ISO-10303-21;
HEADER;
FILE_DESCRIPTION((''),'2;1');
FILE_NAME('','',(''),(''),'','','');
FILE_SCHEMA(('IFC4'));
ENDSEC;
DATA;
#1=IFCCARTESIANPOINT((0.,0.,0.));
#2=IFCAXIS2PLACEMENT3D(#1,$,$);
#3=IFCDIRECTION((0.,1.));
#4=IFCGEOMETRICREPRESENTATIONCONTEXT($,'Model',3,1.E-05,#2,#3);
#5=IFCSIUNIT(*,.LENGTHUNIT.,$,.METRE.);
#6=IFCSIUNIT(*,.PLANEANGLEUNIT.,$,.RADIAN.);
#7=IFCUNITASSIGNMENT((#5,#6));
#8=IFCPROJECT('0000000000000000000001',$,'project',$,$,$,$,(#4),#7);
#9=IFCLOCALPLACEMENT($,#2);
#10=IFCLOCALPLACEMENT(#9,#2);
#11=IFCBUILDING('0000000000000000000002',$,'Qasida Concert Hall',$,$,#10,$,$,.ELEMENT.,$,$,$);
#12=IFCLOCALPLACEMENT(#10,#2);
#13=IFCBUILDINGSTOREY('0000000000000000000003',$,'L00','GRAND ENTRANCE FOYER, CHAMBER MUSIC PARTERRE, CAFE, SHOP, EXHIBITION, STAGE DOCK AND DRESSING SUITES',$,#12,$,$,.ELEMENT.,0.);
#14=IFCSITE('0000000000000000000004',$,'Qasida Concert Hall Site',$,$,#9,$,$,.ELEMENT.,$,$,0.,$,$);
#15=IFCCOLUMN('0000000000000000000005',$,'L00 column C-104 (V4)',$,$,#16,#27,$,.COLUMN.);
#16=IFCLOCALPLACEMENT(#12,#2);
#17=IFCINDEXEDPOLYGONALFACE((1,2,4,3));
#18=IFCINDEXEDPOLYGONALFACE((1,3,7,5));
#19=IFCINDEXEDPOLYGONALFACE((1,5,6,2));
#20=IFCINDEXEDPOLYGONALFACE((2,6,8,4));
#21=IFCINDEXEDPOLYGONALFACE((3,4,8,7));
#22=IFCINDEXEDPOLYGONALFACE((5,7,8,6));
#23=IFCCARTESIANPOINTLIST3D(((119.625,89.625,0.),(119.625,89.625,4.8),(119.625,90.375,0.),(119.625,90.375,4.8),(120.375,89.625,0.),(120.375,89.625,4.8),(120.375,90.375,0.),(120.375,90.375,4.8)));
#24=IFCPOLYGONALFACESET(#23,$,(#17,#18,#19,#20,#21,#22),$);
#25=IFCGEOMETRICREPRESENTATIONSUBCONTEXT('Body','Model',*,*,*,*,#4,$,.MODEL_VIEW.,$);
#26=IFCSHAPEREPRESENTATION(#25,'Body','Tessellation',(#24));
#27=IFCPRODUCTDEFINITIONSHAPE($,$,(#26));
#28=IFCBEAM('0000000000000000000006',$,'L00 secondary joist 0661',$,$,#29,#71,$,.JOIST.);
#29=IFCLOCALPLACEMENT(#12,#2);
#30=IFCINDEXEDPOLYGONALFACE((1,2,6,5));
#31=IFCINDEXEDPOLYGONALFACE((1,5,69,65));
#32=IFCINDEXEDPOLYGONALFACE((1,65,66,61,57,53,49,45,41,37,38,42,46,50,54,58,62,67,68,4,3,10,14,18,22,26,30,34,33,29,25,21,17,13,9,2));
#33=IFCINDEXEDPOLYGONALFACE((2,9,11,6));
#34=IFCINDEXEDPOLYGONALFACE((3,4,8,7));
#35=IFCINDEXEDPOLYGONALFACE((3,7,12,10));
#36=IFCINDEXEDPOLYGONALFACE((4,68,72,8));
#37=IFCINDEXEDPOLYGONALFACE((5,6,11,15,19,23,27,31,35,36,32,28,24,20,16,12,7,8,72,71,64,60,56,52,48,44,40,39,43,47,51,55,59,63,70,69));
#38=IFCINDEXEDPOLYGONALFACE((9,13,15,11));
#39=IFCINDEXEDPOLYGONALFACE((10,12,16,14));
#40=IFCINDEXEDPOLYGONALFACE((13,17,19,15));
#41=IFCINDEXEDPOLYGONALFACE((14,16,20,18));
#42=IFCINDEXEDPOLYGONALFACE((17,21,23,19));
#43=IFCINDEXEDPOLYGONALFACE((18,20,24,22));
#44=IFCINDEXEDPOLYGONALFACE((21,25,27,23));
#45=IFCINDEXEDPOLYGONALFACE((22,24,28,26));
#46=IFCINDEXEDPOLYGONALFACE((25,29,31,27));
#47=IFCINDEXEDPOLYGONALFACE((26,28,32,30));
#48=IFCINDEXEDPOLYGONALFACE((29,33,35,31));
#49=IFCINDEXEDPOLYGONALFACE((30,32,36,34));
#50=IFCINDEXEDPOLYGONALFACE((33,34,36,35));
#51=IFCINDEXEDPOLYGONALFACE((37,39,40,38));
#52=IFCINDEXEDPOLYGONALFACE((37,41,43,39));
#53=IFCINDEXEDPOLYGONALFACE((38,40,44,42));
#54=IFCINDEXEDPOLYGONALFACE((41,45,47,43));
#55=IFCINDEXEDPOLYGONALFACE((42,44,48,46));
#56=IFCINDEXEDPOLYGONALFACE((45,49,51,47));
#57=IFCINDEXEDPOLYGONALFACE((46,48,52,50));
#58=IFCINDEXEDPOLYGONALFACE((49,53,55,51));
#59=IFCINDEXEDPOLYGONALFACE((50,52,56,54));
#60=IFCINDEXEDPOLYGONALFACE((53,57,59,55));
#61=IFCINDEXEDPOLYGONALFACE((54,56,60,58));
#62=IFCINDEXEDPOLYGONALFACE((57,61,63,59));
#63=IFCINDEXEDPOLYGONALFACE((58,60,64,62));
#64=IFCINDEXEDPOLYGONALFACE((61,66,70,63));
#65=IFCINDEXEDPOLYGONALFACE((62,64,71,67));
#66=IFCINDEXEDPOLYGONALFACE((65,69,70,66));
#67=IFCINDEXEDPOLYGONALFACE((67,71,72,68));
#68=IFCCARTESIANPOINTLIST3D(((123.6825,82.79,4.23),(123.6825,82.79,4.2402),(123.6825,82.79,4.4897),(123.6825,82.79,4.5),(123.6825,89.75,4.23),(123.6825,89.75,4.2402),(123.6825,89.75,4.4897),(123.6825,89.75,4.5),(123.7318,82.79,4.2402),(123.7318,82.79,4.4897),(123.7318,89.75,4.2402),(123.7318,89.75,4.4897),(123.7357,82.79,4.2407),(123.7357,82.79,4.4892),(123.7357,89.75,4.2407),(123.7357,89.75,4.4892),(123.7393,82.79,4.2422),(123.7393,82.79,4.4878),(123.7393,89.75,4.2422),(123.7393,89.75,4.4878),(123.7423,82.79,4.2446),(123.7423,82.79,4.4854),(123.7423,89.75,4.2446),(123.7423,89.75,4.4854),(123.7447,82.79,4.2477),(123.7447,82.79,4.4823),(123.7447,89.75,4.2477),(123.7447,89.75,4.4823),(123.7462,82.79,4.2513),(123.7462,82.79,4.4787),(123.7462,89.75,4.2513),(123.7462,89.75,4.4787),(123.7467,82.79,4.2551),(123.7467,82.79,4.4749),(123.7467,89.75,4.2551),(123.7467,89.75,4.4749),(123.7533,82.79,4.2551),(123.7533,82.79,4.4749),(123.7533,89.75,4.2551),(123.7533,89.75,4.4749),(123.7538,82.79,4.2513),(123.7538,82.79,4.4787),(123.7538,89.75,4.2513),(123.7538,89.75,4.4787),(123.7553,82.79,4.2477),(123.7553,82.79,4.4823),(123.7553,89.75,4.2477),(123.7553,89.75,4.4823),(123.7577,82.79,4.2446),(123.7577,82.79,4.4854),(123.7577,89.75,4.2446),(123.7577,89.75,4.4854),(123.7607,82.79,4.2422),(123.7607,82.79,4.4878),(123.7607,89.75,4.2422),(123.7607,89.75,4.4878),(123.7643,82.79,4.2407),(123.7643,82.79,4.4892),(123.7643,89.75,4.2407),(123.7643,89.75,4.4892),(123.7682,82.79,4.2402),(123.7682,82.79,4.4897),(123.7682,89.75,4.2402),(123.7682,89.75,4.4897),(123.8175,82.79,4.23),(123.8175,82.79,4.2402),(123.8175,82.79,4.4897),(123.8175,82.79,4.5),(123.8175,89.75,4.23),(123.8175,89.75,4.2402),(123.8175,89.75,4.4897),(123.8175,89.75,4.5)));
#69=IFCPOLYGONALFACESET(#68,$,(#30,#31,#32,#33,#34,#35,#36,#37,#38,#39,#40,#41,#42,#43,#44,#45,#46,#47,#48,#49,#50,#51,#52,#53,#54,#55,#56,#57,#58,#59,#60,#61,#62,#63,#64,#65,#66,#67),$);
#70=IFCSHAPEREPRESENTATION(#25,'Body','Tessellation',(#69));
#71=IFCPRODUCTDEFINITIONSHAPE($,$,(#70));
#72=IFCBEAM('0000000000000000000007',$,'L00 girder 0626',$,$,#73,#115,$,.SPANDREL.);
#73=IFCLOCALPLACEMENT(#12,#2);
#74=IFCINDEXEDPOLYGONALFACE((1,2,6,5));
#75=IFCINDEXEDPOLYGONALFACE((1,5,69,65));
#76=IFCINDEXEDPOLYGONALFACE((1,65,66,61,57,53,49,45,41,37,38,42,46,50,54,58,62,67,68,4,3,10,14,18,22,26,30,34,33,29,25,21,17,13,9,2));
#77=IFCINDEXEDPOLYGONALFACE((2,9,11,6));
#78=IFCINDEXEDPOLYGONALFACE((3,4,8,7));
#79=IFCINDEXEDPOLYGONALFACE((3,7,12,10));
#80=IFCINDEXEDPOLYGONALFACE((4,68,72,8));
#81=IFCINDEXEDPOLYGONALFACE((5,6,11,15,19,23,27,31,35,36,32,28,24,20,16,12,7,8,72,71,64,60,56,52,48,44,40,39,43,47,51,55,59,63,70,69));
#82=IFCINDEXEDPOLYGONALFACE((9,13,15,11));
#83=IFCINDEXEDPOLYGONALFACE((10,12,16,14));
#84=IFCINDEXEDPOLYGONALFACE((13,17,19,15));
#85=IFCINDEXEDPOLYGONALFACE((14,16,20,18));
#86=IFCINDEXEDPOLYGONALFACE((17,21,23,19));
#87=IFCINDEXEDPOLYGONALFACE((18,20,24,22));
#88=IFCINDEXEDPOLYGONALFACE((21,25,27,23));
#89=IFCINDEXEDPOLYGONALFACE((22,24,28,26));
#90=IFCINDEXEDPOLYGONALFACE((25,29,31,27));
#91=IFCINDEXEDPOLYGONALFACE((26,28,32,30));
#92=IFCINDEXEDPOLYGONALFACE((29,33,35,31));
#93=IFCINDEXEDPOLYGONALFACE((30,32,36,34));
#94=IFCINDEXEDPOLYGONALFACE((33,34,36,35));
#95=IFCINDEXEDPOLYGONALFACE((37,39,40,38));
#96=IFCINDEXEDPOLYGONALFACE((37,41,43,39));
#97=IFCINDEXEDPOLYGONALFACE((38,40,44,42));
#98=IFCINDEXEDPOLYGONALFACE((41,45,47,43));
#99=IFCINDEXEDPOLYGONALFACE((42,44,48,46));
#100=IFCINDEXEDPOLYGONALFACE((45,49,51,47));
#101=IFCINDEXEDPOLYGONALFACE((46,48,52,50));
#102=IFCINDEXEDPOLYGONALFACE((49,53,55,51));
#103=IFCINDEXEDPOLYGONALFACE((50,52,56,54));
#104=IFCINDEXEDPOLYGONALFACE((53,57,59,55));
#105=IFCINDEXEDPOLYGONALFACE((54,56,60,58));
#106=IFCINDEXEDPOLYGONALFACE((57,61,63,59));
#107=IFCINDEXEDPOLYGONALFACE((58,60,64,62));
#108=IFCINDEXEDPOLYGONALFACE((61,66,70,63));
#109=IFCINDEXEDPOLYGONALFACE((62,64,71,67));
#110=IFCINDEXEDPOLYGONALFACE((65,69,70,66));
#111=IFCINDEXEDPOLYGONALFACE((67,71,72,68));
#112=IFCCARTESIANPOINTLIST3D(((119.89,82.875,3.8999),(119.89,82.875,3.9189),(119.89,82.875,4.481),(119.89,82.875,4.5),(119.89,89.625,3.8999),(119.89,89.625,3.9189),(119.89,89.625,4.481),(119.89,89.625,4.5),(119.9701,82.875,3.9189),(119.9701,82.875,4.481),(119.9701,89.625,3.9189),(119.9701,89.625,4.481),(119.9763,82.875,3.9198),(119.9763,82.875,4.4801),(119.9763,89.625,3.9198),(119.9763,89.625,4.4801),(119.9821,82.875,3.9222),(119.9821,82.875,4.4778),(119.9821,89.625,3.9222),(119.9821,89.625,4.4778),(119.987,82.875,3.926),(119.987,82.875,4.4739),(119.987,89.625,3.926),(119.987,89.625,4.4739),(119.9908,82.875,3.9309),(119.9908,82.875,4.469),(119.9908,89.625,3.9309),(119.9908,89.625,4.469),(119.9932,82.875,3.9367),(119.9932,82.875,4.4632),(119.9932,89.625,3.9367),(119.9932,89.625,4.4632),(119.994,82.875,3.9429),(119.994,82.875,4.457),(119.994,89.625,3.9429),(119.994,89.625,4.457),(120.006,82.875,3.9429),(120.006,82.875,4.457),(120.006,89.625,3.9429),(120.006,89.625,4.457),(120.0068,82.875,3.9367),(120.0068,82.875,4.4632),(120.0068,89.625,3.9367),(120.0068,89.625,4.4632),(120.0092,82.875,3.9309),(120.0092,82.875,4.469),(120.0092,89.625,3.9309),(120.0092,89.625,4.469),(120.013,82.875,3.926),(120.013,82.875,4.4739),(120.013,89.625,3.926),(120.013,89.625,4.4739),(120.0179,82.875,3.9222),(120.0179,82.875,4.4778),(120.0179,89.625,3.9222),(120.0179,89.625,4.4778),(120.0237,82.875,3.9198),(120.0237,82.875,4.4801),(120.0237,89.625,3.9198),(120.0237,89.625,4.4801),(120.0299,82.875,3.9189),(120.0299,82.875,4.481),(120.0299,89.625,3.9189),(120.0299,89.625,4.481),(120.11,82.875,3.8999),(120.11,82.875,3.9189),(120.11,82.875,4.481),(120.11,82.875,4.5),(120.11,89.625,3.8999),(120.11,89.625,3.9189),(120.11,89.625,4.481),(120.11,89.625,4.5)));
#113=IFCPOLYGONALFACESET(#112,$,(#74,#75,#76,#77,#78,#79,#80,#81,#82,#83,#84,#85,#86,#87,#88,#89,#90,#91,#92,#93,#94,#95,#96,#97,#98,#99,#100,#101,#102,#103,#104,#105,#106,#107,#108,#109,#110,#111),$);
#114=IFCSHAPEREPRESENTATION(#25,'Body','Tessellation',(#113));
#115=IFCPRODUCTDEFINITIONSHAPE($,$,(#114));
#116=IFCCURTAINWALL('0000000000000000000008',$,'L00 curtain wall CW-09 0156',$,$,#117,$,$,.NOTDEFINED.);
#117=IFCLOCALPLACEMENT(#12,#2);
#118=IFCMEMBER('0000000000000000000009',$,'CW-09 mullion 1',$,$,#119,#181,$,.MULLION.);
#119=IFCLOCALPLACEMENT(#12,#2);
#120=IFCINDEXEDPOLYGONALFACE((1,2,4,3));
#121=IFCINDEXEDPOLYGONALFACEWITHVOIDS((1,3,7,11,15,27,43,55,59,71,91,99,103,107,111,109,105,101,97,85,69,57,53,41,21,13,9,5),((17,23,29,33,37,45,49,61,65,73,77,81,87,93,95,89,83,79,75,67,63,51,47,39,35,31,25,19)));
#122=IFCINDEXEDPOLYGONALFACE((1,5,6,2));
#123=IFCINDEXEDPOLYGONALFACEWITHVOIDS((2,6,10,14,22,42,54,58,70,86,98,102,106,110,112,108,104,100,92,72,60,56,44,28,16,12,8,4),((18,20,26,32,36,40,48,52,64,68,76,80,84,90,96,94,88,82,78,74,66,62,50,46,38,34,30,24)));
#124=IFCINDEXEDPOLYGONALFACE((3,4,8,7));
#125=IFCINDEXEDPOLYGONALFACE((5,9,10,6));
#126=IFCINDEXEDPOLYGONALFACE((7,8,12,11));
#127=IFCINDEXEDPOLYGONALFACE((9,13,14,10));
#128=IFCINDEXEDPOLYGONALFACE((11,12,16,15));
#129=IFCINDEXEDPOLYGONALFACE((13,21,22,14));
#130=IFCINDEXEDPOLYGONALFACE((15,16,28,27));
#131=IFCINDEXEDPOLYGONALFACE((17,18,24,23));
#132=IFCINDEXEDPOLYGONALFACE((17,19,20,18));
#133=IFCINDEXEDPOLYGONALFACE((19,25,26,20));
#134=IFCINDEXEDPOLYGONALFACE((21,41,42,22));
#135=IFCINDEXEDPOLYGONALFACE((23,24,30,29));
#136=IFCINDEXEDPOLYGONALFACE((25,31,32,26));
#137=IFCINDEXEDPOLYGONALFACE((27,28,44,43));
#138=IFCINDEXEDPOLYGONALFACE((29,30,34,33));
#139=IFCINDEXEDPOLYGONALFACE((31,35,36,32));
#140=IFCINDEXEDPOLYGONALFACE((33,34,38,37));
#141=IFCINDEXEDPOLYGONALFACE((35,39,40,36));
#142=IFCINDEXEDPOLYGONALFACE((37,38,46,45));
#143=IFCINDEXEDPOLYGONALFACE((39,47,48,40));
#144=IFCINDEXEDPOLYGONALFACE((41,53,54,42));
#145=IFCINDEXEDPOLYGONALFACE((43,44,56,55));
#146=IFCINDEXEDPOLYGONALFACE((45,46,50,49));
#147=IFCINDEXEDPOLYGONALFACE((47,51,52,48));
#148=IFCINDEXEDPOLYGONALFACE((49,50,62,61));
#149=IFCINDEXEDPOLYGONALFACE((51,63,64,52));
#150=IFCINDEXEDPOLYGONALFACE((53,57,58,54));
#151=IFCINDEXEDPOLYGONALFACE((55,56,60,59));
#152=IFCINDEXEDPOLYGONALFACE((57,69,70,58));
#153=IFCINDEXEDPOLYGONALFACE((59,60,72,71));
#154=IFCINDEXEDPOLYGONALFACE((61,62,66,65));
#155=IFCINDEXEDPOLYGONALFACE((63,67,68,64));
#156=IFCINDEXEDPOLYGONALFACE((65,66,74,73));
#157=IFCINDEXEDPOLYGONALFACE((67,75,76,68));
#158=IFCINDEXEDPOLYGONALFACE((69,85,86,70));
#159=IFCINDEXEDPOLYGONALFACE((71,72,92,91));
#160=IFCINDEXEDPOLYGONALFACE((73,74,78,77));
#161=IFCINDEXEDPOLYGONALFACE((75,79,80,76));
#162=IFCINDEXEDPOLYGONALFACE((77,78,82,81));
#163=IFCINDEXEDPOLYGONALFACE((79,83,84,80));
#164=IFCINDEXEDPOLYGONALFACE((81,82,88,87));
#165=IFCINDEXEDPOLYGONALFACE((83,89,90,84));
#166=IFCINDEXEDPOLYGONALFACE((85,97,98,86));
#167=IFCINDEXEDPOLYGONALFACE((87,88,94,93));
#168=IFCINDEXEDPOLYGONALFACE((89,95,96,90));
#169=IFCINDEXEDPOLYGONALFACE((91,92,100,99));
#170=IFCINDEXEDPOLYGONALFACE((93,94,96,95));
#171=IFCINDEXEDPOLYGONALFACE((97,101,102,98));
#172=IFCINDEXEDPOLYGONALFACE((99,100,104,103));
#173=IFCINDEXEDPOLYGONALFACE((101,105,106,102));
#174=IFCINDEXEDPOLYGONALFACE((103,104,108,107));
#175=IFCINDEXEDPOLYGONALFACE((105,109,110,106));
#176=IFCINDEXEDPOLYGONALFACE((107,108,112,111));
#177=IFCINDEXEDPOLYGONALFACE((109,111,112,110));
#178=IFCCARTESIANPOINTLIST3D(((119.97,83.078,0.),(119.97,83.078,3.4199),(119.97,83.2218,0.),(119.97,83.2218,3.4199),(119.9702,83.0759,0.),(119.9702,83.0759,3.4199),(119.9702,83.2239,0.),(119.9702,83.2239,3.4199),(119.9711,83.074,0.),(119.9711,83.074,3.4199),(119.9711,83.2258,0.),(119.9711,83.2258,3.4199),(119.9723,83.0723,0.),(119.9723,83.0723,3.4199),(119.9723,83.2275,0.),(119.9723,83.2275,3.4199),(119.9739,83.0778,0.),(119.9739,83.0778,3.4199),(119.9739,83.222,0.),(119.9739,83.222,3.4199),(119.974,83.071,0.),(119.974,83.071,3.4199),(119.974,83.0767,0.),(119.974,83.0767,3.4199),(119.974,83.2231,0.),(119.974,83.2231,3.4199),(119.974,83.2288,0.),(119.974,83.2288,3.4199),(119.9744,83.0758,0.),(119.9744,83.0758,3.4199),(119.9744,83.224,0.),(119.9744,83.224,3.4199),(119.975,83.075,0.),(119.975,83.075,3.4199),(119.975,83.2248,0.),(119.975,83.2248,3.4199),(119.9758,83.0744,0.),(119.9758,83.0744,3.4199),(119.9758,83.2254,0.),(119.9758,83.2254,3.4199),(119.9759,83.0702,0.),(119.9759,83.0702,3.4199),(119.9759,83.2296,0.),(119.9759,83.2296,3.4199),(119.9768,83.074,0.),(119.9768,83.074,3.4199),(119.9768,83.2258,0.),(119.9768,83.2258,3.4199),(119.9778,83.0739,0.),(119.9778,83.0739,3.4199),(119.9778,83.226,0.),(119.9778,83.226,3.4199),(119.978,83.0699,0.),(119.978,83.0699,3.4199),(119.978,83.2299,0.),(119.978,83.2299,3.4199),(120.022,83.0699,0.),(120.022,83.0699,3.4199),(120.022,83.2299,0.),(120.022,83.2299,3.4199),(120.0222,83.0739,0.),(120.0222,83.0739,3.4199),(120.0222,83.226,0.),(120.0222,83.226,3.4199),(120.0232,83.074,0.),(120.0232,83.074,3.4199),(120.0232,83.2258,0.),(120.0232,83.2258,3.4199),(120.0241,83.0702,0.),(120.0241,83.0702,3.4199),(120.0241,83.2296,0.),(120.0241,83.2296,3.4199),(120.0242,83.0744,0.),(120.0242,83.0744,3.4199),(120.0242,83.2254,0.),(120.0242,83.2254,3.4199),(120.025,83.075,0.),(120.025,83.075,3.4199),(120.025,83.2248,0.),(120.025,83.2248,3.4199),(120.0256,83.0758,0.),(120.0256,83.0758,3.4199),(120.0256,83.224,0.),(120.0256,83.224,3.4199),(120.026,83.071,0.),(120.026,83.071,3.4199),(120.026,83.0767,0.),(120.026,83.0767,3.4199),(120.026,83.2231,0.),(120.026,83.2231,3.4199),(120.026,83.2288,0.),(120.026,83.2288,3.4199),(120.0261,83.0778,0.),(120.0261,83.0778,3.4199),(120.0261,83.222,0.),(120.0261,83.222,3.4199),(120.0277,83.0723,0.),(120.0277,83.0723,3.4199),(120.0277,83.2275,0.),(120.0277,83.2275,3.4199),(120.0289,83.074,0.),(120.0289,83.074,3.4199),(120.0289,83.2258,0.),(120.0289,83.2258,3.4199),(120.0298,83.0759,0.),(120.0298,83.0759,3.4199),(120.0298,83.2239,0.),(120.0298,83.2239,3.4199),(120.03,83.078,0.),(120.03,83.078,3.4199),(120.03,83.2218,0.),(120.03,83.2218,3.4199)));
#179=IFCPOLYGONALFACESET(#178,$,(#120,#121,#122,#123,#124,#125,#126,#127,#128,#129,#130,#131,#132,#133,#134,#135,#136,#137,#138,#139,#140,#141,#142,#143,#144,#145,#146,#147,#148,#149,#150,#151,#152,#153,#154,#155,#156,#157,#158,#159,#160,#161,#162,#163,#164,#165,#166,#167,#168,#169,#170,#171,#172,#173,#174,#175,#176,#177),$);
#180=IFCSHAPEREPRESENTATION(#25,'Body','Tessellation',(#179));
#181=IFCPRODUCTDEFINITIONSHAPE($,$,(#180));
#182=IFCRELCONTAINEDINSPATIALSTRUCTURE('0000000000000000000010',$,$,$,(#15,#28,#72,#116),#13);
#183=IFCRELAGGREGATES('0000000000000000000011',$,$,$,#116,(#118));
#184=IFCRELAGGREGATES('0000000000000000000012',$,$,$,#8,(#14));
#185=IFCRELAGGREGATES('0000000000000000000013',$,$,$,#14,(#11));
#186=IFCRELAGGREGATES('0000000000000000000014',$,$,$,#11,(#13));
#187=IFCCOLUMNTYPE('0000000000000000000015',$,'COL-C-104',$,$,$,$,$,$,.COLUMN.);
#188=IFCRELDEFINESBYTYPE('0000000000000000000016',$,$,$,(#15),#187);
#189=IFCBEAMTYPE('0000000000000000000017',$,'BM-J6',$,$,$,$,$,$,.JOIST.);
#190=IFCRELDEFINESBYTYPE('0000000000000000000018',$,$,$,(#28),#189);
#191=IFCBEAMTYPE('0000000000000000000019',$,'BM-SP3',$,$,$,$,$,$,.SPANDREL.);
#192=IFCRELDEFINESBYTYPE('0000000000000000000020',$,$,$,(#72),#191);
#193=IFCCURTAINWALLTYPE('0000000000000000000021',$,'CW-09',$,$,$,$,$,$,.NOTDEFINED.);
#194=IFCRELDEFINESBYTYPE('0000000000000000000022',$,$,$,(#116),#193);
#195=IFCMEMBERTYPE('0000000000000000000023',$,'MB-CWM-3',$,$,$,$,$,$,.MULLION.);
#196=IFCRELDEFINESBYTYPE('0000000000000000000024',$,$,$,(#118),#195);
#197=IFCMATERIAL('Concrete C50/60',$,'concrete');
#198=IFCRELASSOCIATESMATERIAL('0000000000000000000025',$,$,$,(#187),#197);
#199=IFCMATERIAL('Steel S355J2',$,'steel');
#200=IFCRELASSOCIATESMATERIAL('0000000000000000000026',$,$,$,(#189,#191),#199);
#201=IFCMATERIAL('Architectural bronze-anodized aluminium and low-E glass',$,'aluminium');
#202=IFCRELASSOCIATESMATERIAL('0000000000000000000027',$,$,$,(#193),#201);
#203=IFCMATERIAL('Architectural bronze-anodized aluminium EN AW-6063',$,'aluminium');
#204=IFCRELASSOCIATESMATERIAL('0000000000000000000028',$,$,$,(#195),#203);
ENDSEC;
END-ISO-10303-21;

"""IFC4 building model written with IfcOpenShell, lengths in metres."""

from ifc_helpers import new_model, si_unit, direction, frame, origin, origin_2d, place, context, subcontext, project, spatial, rectangle, hollow_rectangle, i_section, extrude, material, material_profile, profile_set, type_object, element, aggregate, save


model = new_model("IFC4")

# Units and contexts
model_context = context("Model", 3, precision=1e-05, world=origin(), true_north=direction((0.0, 1.0)))
body_context = subcontext(model_context, "Body", "Model", "MODEL_VIEW")
ifc_project = project(units=[si_unit("LENGTHUNIT", "METRE"), si_unit("PLANEANGLEUNIT", "RADIAN")], contexts=[model_context])

# Site, building, storey
site_placement = place(None, origin())
site = spatial("IfcSite", under=ifc_project, at=site_placement, Name="Qasida Concert Hall Site", CompositionType="ELEMENT", RefElevation=0.0)
building_placement = place(site_placement, origin())
building = spatial("IfcBuilding", under=site, at=building_placement, Name="Qasida Concert Hall", CompositionType="ELEMENT")
storey_placement = place(building_placement, origin())
storey = spatial("IfcBuildingStorey", under=building, at=storey_placement, Name="L00", Description="GRAND ENTRANCE FOYER, CHAMBER MUSIC PARTERRE, CAFE, SHOP, EXHIBITION, STAGE DOCK AND DRESSING SUITES", CompositionType="ELEMENT", Elevation=0.0)

# Column
ifc_material_1 = material(Name="Concrete C50/60", Category="concrete")
ifc_material_profile_1 = material_profile(ifc_material_1, rectangle(XDim=0.75, YDim=0.75, at=origin_2d()), Name="RC 750x750")
ifc_profile_set_1 = profile_set([ifc_material_profile_1], Name="Concrete C50/60")
column_type = type_object("IfcColumnType", Name="COL-C-104", PredefinedType="COLUMN", material=ifc_profile_set_1)
column_placement = place(storey_placement, frame((120.0, 90.0, 0.0), z_axis=(0.0, 0.0, 1.0), x_axis=(1.0, 0.0, 0.0)))
element("IfcColumn", 1, at=column_placement, inside=storey, type_object=column_type, Name="L00 column C-104 (V4)", PredefinedType="COLUMN", context=body_context, shape_type="SweptSolid", body=[
    extrude(rectangle(XDim=0.75, YDim=0.75, at=origin_2d()), origin(), (0.0, 0.0, 1.0), 4.8),
])

# Beams
ifc_material_2 = material(Name="Steel S355J2", Category="steel")
ifc_material_profile_2 = material_profile(ifc_material_2, i_section(OverallWidth=0.135, OverallDepth=0.27, WebThickness=0.0066, FlangeThickness=0.0103, FilletRadius=0.0149, at=origin_2d()), Name="IPE 270")
ifc_profile_set_2 = profile_set([ifc_material_profile_2], Name="Steel S355J2")
beam_type_1 = type_object("IfcBeamType", Name="BM-J6", PredefinedType="JOIST", material=ifc_profile_set_2)
beam_1_placement = place(storey_placement, frame((123.75, 82.79, 4.365), z_axis=(0.0, 1.0, 0.0), x_axis=(-1.0, 0.0, 0.0)))
element("IfcBeam", 2, at=beam_1_placement, inside=storey, type_object=beam_type_1, Name="L00 secondary joist 0661", PredefinedType="JOIST", context=body_context, shape_type="SweptSolid", body=[
    extrude(i_section(OverallWidth=0.135, OverallDepth=0.27, WebThickness=0.0066, FlangeThickness=0.0103, FilletRadius=0.0149, at=origin_2d()), origin(), (0.0, 0.0, 1.0), 6.96),
])
ifc_material_profile_3 = material_profile(ifc_material_2, i_section(OverallWidth=0.22, OverallDepth=0.6001, WebThickness=0.012, FlangeThickness=0.019, FilletRadius=0.0239, at=origin_2d()), Name="IPE 600")
ifc_profile_set_3 = profile_set([ifc_material_profile_3], Name="Steel S355J2")
beam_type_2 = type_object("IfcBeamType", Name="BM-SP3", PredefinedType="SPANDREL", material=ifc_profile_set_3)
beam_2_placement = place(storey_placement, frame((120.0, 82.875, 4.2), z_axis=(0.0, 1.0, 0.0), x_axis=(-1.0, 0.0, 0.0)))
element("IfcBeam", 3, at=beam_2_placement, inside=storey, type_object=beam_type_2, Name="L00 girder 0626", PredefinedType="SPANDREL", context=body_context, shape_type="SweptSolid", body=[
    extrude(i_section(OverallWidth=0.22, OverallDepth=0.6001, WebThickness=0.012, FlangeThickness=0.019, FilletRadius=0.0239, at=origin_2d()), origin(), (0.0, 0.0, 1.0), 6.75),
])

# Curtain wall, member
ifc_material_3 = material(Name="Architectural bronze-anodized aluminium and low-E glass", Category="aluminium")
curtain_wall_type = type_object("IfcCurtainWallType", Name="CW-09", PredefinedType="NOTDEFINED", material=ifc_material_3)
curtain_wall_placement = place(storey_placement, origin())
curtain_wall = element("IfcCurtainWall", 4, at=curtain_wall_placement, inside=storey, type_object=curtain_wall_type, Name="L00 curtain wall CW-09 0156", PredefinedType="NOTDEFINED")
ifc_material_4 = material(Name="Architectural bronze-anodized aluminium EN AW-6063", Category="aluminium")
ifc_material_profile_4 = material_profile(ifc_material_4, hollow_rectangle(XDim=0.0601, YDim=0.1599, WallThickness=0.0039, InnerFilletRadius=0.0039, OuterFilletRadius=0.0081, at=origin_2d()), Name="CWM 160x60x4")
ifc_profile_set_4 = profile_set([ifc_material_profile_4], Name="Architectural bronze-anodized aluminium EN AW-6063")
member_type_1 = type_object("IfcMemberType", Name="MB-CWM-3", PredefinedType="MULLION", material=ifc_profile_set_4)
member_1_placement = place(storey_placement, frame((120.0, 83.1499, 0.0), z_axis=(0.0, 0.0, 1.0), x_axis=(-1.0, 0.0, 0.0)))
member_1 = element("IfcMember", 5, at=member_1_placement, type_object=member_type_1, Name="CW-09 mullion 1", PredefinedType="MULLION", context=body_context, shape_type="SweptSolid", body=[
    extrude(hollow_rectangle(XDim=0.0601, YDim=0.1599, WallThickness=0.0039, InnerFilletRadius=0.0039, OuterFilletRadius=0.0081, at=origin_2d()), origin(), (0.0, 0.0, 1.0), 3.4199),
])
aggregate(curtain_wall, [member_1])

save(model, "model.ifc")
